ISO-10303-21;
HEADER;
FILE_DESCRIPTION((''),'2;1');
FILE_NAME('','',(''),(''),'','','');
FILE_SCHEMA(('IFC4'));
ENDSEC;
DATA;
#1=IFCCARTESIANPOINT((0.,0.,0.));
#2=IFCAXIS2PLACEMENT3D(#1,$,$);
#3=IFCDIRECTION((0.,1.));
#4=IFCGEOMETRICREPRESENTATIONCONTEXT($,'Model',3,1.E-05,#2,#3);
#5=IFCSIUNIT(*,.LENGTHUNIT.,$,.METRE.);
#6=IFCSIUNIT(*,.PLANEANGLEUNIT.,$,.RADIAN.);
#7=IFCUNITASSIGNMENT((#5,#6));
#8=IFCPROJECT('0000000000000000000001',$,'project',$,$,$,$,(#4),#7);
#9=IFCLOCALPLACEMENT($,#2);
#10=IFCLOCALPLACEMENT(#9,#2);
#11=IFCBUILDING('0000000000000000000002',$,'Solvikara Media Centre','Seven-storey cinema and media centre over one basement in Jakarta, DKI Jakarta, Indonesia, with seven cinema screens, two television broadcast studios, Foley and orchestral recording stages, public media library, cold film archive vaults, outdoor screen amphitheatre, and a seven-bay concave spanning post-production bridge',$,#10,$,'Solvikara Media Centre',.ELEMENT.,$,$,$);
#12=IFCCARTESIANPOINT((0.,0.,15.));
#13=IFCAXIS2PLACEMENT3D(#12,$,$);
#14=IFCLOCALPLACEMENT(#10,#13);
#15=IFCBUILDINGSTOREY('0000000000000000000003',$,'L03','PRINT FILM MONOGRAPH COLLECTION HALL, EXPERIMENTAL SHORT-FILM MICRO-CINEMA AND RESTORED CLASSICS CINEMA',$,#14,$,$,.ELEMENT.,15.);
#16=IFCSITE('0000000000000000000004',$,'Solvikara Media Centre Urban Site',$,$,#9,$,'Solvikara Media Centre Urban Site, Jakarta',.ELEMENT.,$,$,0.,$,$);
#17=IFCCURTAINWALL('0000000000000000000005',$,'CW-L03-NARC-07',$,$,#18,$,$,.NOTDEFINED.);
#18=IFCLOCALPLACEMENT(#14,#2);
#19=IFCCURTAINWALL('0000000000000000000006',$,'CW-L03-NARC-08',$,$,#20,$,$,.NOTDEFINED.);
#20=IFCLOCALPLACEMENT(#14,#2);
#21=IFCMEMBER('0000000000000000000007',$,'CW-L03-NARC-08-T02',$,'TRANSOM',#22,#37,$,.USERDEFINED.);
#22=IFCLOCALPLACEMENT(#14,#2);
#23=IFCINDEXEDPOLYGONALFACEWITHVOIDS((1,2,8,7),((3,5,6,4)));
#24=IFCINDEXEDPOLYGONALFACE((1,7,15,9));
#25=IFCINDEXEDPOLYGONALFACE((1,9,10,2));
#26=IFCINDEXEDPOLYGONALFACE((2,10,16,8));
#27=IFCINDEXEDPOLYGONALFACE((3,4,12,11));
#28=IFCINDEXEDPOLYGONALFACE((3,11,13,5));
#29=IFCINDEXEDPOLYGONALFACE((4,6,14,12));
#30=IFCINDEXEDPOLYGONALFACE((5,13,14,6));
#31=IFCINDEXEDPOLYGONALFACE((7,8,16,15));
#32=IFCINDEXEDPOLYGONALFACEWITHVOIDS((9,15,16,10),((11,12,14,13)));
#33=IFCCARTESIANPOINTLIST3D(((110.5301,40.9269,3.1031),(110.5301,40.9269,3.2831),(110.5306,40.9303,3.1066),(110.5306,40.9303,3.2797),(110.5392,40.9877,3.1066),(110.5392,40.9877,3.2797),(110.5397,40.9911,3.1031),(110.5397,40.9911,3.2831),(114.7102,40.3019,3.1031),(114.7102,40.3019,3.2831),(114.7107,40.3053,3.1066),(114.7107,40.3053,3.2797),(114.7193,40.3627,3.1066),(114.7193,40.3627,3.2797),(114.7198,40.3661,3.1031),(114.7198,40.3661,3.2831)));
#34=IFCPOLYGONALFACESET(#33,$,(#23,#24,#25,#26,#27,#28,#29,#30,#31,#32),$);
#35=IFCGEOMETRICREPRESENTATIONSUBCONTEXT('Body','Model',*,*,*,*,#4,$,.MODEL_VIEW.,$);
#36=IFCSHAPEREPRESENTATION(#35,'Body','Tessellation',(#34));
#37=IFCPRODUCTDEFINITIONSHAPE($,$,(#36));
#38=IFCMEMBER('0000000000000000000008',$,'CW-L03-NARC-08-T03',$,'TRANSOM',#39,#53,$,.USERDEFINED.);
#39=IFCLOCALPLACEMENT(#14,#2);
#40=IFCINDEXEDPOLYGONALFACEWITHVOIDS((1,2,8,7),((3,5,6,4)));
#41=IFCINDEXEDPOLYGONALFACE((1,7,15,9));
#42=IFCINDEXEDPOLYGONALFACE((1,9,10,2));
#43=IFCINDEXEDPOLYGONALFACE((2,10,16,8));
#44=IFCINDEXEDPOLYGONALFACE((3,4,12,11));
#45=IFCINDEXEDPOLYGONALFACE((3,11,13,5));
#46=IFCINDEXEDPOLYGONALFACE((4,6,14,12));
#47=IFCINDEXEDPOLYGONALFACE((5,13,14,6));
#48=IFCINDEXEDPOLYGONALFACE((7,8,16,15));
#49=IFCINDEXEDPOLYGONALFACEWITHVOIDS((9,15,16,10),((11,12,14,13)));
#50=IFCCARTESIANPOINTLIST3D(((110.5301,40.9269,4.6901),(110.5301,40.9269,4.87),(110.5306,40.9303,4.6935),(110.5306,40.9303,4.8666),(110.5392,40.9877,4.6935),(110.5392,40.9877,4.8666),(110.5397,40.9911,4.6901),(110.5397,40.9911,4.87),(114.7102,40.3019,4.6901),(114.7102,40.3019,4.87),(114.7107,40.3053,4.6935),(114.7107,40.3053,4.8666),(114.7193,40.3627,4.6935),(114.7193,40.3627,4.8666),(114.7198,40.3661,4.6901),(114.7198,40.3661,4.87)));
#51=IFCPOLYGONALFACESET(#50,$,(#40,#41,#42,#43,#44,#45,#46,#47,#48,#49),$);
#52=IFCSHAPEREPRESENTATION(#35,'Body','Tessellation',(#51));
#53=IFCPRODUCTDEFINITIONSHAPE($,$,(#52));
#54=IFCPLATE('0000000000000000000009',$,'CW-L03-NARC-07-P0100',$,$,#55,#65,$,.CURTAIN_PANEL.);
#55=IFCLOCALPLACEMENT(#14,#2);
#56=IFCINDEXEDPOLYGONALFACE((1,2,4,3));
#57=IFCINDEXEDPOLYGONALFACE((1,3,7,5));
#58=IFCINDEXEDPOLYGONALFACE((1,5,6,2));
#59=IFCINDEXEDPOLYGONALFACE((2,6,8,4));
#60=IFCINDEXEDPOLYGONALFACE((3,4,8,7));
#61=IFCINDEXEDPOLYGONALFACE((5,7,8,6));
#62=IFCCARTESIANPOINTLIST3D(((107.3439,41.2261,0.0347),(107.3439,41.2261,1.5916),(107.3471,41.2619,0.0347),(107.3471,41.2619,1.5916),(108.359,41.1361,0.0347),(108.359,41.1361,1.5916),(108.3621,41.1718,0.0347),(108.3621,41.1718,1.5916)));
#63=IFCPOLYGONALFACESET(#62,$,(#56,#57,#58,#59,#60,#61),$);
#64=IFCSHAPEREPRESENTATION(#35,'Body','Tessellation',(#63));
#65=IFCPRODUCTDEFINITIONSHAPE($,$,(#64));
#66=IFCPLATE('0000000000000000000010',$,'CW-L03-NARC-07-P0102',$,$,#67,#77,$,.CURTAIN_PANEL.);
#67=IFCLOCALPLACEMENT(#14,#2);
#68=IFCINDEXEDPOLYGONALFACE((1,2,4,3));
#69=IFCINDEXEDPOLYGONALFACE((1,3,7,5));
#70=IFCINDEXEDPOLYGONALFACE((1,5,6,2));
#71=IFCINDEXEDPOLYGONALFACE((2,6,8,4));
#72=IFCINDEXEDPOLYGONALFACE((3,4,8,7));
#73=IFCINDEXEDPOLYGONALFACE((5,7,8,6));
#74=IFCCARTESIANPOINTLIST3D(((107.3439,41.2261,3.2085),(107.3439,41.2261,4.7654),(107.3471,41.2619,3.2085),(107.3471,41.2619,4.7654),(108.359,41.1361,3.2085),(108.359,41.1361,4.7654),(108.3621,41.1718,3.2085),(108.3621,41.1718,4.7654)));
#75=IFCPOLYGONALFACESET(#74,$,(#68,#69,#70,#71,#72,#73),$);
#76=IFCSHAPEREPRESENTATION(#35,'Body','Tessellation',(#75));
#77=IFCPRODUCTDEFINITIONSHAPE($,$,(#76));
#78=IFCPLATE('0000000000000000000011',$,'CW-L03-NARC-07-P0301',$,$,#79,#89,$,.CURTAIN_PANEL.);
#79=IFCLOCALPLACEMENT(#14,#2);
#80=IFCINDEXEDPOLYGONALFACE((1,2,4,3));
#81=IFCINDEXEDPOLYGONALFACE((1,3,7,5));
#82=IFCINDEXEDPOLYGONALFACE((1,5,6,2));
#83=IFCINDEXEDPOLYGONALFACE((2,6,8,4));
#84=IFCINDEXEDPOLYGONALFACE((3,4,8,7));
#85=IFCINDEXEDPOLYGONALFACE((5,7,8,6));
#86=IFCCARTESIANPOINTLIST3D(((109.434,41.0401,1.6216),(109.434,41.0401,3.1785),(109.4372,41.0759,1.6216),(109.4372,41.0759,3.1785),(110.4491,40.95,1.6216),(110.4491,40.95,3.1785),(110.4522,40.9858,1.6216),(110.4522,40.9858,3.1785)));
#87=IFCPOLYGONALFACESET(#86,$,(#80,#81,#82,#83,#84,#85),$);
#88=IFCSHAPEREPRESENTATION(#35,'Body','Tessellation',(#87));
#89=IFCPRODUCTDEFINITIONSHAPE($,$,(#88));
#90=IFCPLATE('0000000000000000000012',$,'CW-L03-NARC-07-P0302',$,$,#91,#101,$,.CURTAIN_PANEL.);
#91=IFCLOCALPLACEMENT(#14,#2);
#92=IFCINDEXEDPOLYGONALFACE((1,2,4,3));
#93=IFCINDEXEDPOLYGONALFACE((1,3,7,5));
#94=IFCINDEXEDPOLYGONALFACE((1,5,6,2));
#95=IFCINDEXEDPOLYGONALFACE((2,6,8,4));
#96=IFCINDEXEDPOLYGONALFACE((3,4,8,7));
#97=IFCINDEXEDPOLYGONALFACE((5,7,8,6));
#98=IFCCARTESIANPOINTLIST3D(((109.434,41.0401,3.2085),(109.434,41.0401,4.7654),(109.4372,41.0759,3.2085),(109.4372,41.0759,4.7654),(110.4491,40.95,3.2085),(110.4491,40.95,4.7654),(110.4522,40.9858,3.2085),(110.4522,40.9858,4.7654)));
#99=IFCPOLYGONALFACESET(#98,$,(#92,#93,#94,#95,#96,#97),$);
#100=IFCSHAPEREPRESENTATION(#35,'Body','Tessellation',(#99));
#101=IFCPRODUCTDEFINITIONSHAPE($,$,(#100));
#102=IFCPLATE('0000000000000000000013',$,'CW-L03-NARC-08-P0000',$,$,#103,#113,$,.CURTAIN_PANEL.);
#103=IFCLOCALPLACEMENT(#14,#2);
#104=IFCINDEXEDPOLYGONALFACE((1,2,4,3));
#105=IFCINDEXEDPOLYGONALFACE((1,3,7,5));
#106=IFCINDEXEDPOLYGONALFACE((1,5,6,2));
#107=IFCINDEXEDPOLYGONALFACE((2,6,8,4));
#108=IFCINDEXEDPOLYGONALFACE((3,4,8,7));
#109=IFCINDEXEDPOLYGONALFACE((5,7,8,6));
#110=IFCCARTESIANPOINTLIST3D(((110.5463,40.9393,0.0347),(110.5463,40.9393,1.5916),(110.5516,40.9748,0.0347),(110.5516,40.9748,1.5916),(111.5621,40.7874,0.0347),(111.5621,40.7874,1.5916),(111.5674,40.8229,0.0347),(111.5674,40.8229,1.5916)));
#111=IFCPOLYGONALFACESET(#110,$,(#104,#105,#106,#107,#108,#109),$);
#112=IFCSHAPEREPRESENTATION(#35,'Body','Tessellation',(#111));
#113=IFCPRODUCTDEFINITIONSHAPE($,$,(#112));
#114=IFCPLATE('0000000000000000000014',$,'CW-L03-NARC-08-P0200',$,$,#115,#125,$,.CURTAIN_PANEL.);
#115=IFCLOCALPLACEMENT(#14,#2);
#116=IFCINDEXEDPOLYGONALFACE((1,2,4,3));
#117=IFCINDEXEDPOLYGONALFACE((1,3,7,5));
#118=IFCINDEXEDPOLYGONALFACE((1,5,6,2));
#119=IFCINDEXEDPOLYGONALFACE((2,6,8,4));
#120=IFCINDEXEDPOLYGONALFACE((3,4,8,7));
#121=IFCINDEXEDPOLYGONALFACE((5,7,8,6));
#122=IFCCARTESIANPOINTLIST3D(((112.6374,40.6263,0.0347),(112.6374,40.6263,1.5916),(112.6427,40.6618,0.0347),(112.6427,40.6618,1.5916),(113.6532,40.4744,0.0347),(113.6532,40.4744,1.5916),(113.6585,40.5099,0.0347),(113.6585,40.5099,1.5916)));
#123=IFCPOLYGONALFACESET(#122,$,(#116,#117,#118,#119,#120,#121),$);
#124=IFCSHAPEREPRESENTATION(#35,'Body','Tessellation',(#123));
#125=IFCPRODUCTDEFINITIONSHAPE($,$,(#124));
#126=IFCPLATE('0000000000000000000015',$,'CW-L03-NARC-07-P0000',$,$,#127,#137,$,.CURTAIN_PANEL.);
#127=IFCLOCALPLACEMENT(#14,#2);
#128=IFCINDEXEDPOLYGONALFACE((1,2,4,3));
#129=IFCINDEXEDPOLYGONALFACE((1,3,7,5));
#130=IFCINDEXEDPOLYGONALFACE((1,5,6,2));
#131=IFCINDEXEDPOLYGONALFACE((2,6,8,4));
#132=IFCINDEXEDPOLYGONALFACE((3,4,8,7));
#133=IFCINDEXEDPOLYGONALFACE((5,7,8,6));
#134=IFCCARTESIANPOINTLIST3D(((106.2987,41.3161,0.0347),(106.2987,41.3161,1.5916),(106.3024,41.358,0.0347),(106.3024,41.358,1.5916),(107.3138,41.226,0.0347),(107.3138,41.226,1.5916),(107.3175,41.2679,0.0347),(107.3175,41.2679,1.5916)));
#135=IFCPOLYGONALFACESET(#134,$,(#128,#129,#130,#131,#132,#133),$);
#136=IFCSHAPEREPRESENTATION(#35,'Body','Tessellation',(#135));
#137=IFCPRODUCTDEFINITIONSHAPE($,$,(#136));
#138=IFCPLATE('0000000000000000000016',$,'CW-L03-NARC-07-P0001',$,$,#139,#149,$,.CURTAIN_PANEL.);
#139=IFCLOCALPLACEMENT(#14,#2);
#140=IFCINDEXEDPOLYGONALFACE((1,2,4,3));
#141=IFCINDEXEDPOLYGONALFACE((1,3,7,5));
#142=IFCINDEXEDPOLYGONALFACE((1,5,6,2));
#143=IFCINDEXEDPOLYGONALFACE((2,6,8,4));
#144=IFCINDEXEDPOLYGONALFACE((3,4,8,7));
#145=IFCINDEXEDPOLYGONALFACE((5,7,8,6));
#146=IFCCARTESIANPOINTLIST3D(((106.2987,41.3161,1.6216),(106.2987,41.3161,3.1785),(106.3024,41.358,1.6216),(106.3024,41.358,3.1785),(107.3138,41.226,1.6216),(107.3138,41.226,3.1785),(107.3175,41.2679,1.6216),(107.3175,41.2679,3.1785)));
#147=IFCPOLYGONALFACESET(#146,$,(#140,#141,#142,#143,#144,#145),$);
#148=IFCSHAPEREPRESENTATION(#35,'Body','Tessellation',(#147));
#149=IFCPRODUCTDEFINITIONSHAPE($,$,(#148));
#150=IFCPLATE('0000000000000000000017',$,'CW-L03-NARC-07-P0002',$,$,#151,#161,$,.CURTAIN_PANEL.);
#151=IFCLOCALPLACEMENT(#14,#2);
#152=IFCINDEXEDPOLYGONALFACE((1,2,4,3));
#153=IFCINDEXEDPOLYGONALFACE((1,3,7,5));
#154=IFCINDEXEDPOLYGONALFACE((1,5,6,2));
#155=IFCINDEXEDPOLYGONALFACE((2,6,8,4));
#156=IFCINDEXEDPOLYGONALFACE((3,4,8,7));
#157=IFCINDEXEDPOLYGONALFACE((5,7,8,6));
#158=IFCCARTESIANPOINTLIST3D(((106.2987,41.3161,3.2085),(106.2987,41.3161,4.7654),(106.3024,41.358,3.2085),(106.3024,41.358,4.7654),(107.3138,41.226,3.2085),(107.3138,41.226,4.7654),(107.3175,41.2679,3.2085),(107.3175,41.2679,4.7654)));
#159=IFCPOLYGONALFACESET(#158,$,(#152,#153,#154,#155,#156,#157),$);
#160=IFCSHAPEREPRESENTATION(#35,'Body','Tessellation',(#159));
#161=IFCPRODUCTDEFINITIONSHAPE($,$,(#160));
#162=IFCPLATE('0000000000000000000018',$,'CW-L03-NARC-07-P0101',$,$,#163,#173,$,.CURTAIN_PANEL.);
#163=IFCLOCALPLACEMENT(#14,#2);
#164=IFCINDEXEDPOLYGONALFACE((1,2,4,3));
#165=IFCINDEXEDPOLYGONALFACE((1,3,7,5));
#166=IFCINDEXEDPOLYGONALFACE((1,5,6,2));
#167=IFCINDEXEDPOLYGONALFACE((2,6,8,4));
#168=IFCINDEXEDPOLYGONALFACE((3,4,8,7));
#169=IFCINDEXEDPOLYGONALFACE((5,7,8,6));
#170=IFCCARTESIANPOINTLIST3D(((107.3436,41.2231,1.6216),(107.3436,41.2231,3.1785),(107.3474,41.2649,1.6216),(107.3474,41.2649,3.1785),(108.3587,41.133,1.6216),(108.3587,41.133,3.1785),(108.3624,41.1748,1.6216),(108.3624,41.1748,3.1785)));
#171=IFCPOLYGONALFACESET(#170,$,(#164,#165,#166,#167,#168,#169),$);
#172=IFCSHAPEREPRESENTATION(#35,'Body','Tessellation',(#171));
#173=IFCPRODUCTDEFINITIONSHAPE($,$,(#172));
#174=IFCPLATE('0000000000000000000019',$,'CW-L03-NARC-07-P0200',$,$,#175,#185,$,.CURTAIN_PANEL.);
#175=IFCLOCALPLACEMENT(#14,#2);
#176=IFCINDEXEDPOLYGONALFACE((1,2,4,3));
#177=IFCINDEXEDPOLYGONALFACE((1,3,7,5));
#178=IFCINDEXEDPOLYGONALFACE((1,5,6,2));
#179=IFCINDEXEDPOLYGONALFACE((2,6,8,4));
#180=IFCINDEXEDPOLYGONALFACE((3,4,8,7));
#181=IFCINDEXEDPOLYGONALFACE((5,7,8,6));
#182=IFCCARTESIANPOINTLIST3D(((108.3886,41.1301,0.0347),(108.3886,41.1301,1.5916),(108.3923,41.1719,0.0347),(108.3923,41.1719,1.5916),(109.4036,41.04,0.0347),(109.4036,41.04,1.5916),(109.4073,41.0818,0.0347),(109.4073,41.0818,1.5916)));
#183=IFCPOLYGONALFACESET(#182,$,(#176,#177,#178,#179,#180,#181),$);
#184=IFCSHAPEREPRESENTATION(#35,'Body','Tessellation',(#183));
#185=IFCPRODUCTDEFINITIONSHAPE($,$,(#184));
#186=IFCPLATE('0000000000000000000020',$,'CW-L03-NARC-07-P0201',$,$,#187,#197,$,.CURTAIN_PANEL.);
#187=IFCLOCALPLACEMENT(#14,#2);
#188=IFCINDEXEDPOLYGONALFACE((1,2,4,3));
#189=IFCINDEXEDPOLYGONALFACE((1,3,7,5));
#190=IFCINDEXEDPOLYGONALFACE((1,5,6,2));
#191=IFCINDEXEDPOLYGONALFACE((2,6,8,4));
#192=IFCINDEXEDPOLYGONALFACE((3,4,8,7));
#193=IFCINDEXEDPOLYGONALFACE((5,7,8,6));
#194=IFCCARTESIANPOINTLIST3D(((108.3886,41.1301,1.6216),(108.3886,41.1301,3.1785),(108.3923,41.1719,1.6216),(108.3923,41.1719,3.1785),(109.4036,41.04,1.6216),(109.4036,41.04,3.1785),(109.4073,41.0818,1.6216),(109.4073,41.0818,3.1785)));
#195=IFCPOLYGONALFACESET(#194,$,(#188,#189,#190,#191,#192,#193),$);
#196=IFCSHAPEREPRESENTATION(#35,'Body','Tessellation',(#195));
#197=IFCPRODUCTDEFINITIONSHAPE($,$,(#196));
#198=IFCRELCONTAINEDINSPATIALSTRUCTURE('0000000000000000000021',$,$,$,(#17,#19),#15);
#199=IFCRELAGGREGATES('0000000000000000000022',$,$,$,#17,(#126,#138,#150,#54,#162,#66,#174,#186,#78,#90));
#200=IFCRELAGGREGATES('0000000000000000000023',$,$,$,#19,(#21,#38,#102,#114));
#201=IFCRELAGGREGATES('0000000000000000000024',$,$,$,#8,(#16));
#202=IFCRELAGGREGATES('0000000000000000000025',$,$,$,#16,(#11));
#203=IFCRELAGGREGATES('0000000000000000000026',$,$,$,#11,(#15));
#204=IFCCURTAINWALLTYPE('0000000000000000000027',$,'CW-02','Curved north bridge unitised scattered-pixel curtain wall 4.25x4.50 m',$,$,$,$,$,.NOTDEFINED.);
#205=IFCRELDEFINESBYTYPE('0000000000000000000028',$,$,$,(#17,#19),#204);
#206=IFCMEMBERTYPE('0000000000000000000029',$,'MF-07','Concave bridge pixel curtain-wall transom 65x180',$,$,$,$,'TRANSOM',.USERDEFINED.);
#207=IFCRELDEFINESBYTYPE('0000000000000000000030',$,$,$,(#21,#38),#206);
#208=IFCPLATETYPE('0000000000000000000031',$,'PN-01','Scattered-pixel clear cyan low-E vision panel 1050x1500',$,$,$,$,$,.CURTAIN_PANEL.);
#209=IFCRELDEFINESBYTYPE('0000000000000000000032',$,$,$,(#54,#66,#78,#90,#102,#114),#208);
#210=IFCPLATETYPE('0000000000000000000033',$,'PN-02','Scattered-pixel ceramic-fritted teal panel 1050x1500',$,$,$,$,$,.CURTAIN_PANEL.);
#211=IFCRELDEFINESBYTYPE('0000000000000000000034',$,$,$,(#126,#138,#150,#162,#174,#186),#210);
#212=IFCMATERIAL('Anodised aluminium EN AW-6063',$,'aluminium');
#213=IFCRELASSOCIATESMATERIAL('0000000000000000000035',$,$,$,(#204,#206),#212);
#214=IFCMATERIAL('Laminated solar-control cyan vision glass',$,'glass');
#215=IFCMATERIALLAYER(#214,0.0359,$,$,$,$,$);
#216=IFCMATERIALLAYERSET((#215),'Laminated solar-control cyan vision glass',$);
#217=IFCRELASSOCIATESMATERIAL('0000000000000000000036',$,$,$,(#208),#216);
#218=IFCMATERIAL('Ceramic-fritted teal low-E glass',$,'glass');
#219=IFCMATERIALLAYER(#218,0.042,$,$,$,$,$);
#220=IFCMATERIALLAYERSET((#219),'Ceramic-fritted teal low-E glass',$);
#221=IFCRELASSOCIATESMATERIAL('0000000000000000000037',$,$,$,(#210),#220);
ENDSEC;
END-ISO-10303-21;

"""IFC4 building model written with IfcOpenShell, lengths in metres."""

from ifc_helpers import new_model, si_unit, direction, frame, origin, origin_2d, place, context, subcontext, project, spatial, rectangle, hollow_rectangle, extrude, material, layer, layer_set, material_profile, profile_set, type_object, element, aggregate, save


model = new_model("IFC4")

# Units and contexts
model_context = context("Model", 3, precision=1e-05, world=origin(), true_north=direction((0.0, 1.0)))
body_context = subcontext(model_context, "Body", "Model", "MODEL_VIEW")
ifc_project = project(units=[si_unit("LENGTHUNIT", "METRE"), si_unit("PLANEANGLEUNIT", "RADIAN")], contexts=[model_context])

# Site, building, storey
site_placement = place(None, origin())
site = spatial("IfcSite", under=ifc_project, at=site_placement, Name="Solvikara Media Centre Urban Site", LongName="Solvikara Media Centre Urban Site, Jakarta", CompositionType="ELEMENT", RefElevation=0.0)
building_placement = place(site_placement, origin())
building = spatial("IfcBuilding", under=site, at=building_placement, Name="Solvikara Media Centre", Description="Seven-storey cinema and media centre over one basement in Jakarta, DKI Jakarta, Indonesia, with seven cinema screens, two television broadcast studios, Foley and orchestral recording stages, public media library, cold film archive vaults, outdoor screen amphitheatre, and a seven-bay concave spanning post-production bridge", LongName="Solvikara Media Centre", CompositionType="ELEMENT")
storey_placement = place(building_placement, frame((0.0, 0.0, 15.0)))
storey = spatial("IfcBuildingStorey", under=building, at=storey_placement, Name="L03", Description="PRINT FILM MONOGRAPH COLLECTION HALL, EXPERIMENTAL SHORT-FILM MICRO-CINEMA AND RESTORED CLASSICS CINEMA", CompositionType="ELEMENT", Elevation=15.0)

# Curtain walls, members
ifc_material_1 = material(Name="Anodised aluminium EN AW-6063", Category="aluminium")
curtain_wall_type = type_object("IfcCurtainWallType", Name="CW-02", Description="Curved north bridge unitised scattered-pixel curtain wall 4.25x4.50 m", PredefinedType="NOTDEFINED", material=ifc_material_1)
curtain_wall_1_placement = place(storey_placement, origin())
curtain_wall_1 = element("IfcCurtainWall", 1, at=curtain_wall_1_placement, inside=storey, type_object=curtain_wall_type, Name="CW-L03-NARC-07", PredefinedType="NOTDEFINED")
curtain_wall_2_placement = place(storey_placement, origin())
curtain_wall_2 = element("IfcCurtainWall", 2, at=curtain_wall_2_placement, inside=storey, type_object=curtain_wall_type, Name="CW-L03-NARC-08", PredefinedType="NOTDEFINED")
ifc_material_profile_1 = material_profile(ifc_material_1, hollow_rectangle(XDim=0.0649, YDim=0.1799, WallThickness=0.0034, at=origin_2d()), Name="ALU-T 65x180x3.5")
ifc_profile_set_1 = profile_set([ifc_material_profile_1], Name="Anodised aluminium EN AW-6063")
member_type_1 = type_object("IfcMemberType", Name="MF-07", Description="Concave bridge pixel curtain-wall transom 65x180", ElementType="TRANSOM", PredefinedType="USERDEFINED", material=ifc_profile_set_1)
member_1_placement = place(storey_placement, frame((110.5349, 40.959, 3.1931), z_axis=(0.989007, -0.147872, 0.0), x_axis=(0.147872, 0.989007, 0.0)))
member_1 = element("IfcMember", 3, at=member_1_placement, type_object=member_type_1, Name="CW-L03-NARC-08-T02", ObjectType="TRANSOM", PredefinedType="USERDEFINED", context=body_context, shape_type="SweptSolid", body=[
    extrude(hollow_rectangle(XDim=0.0649, YDim=0.1799, WallThickness=0.0034, at=origin_2d()), origin(), (0.0, 0.0, 1.0), 4.2266),
])
member_2_placement = place(storey_placement, frame((110.5349, 40.959, 4.78), z_axis=(0.989007, -0.147872, 0.0), x_axis=(0.147872, 0.989007, 0.0)))
member_2 = element("IfcMember", 4, at=member_2_placement, type_object=member_type_1, Name="CW-L03-NARC-08-T03", ObjectType="TRANSOM", PredefinedType="USERDEFINED", context=body_context, shape_type="SweptSolid", body=[
    extrude(hollow_rectangle(XDim=0.0649, YDim=0.1799, WallThickness=0.0034, at=origin_2d()), origin(), (0.0, 0.0, 1.0), 4.2266),
])

# Plates
ifc_material_2 = material(Name="Laminated solar-control cyan vision glass", Category="glass")
ifc_layer_1 = layer(ifc_material_2, 0.0359)
ifc_layer_set_1 = layer_set([ifc_layer_1], Name="Laminated solar-control cyan vision glass")
plate_type_1 = type_object("IfcPlateType", Name="PN-01", Description="Scattered-pixel clear cyan low-E vision panel 1050x1500", PredefinedType="CURTAIN_PANEL", material=ifc_layer_set_1)
plate_1_placement = place(storey_placement, frame((107.853, 41.199, 0.0347), z_axis=(0.0, 0.0, 1.0), x_axis=(0.996084, -0.088408, 0.0)))
plate_1 = element("IfcPlate", 5, at=plate_1_placement, type_object=plate_type_1, Name="CW-L03-NARC-07-P0100", PredefinedType="CURTAIN_PANEL", context=body_context, shape_type="SweptSolid", body=[
    extrude(rectangle(XDim=1.019, YDim=0.0359, at=origin_2d()), origin(), (0.0, 0.0, 1.0), 1.5569),
])
plate_2_placement = place(storey_placement, frame((107.853, 41.199, 3.2085), z_axis=(0.0, 0.0, 1.0), x_axis=(0.996084, -0.088408, 0.0)))
plate_2 = element("IfcPlate", 6, at=plate_2_placement, type_object=plate_type_1, Name="CW-L03-NARC-07-P0102", PredefinedType="CURTAIN_PANEL", context=body_context, shape_type="SweptSolid", body=[
    extrude(rectangle(XDim=1.019, YDim=0.0359, at=origin_2d()), origin(), (0.0, 0.0, 1.0), 1.5569),
])
plate_3_placement = place(storey_placement, frame((109.9431, 41.0129, 1.6216), z_axis=(0.0, 0.0, 1.0), x_axis=(0.996084, -0.088408, 0.0)))
plate_3 = element("IfcPlate", 7, at=plate_3_placement, type_object=plate_type_1, Name="CW-L03-NARC-07-P0301", PredefinedType="CURTAIN_PANEL", context=body_context, shape_type="SweptSolid", body=[
    extrude(rectangle(XDim=1.019, YDim=0.0359, at=origin_2d()), origin(), (0.0, 0.0, 1.0), 1.5569),
])
plate_4_placement = place(storey_placement, frame((109.9431, 41.0129, 3.2085), z_axis=(0.0, 0.0, 1.0), x_axis=(0.996084, -0.088408, 0.0)))
plate_4 = element("IfcPlate", 8, at=plate_4_placement, type_object=plate_type_1, Name="CW-L03-NARC-07-P0302", PredefinedType="CURTAIN_PANEL", context=body_context, shape_type="SweptSolid", body=[
    extrude(rectangle(XDim=1.019, YDim=0.0359, at=origin_2d()), origin(), (0.0, 0.0, 1.0), 1.5569),
])
plate_5_placement = place(storey_placement, frame((111.0569, 40.8811, 0.0347), z_axis=(0.0, 0.0, 1.0), x_axis=(0.989006, -0.147878, 0.0)))
plate_5 = element("IfcPlate", 9, at=plate_5_placement, type_object=plate_type_1, Name="CW-L03-NARC-08-P0000", PredefinedType="CURTAIN_PANEL", context=body_context, shape_type="SweptSolid", body=[
    extrude(rectangle(XDim=1.0271, YDim=0.0359, at=origin_2d()), origin(), (0.0, 0.0, 1.0), 1.5569),
])
plate_6_placement = place(storey_placement, frame((113.1479, 40.5681, 0.0347), z_axis=(0.0, 0.0, 1.0), x_axis=(0.989006, -0.147878, 0.0)))
plate_6 = element("IfcPlate", 10, at=plate_6_placement, type_object=plate_type_1, Name="CW-L03-NARC-08-P0200", PredefinedType="CURTAIN_PANEL", context=body_context, shape_type="SweptSolid", body=[
    extrude(rectangle(XDim=1.0271, YDim=0.0359, at=origin_2d()), origin(), (0.0, 0.0, 1.0), 1.5569),
])
ifc_material_3 = material(Name="Ceramic-fritted teal low-E glass", Category="glass")
ifc_layer_2 = layer(ifc_material_3, 0.042)
ifc_layer_set_2 = layer_set([ifc_layer_2], Name="Ceramic-fritted teal low-E glass")
plate_type_2 = type_object("IfcPlateType", Name="PN-02", Description="Scattered-pixel ceramic-fritted teal panel 1050x1500", PredefinedType="CURTAIN_PANEL", material=ifc_layer_set_2)
plate_7_placement = place(storey_placement, frame((106.8081, 41.292, 0.0347), z_axis=(0.0, 0.0, 1.0), x_axis=(0.996084, -0.088408, 0.0)))
plate_7 = element("IfcPlate", 11, at=plate_7_placement, type_object=plate_type_2, Name="CW-L03-NARC-07-P0000", PredefinedType="CURTAIN_PANEL", context=body_context, shape_type="SweptSolid", body=[
    extrude(rectangle(XDim=1.019, YDim=0.042, at=origin_2d()), origin(), (0.0, 0.0, 1.0), 1.5569),
])
plate_8_placement = place(storey_placement, frame((106.8081, 41.292, 1.6216), z_axis=(0.0, 0.0, 1.0), x_axis=(0.996084, -0.088408, 0.0)))
plate_8 = element("IfcPlate", 12, at=plate_8_placement, type_object=plate_type_2, Name="CW-L03-NARC-07-P0001", PredefinedType="CURTAIN_PANEL", context=body_context, shape_type="SweptSolid", body=[
    extrude(rectangle(XDim=1.019, YDim=0.042, at=origin_2d()), origin(), (0.0, 0.0, 1.0), 1.5569),
])
plate_9_placement = place(storey_placement, frame((106.8081, 41.292, 3.2085), z_axis=(0.0, 0.0, 1.0), x_axis=(0.996084, -0.088408, 0.0)))
plate_9 = element("IfcPlate", 13, at=plate_9_placement, type_object=plate_type_2, Name="CW-L03-NARC-07-P0002", PredefinedType="CURTAIN_PANEL", context=body_context, shape_type="SweptSolid", body=[
    extrude(rectangle(XDim=1.019, YDim=0.042, at=origin_2d()), origin(), (0.0, 0.0, 1.0), 1.5569),
])
plate_10_placement = place(storey_placement, frame((107.853, 41.199, 1.6216), z_axis=(0.0, 0.0, 1.0), x_axis=(0.996084, -0.088408, 0.0)))
plate_10 = element("IfcPlate", 14, at=plate_10_placement, type_object=plate_type_2, Name="CW-L03-NARC-07-P0101", PredefinedType="CURTAIN_PANEL", context=body_context, shape_type="SweptSolid", body=[
    extrude(rectangle(XDim=1.019, YDim=0.042, at=origin_2d()), origin(), (0.0, 0.0, 1.0), 1.5569),
])
plate_11_placement = place(storey_placement, frame((108.8979, 41.106, 0.0347), z_axis=(0.0, 0.0, 1.0), x_axis=(0.996084, -0.088408, 0.0)))
plate_11 = element("IfcPlate", 15, at=plate_11_placement, type_object=plate_type_2, Name="CW-L03-NARC-07-P0200", PredefinedType="CURTAIN_PANEL", context=body_context, shape_type="SweptSolid", body=[
    extrude(rectangle(XDim=1.019, YDim=0.042, at=origin_2d()), origin(), (0.0, 0.0, 1.0), 1.5569),
])
plate_12_placement = place(storey_placement, frame((108.8979, 41.106, 1.6216), z_axis=(0.0, 0.0, 1.0), x_axis=(0.996084, -0.088408, 0.0)))
plate_12 = element("IfcPlate", 16, at=plate_12_placement, type_object=plate_type_2, Name="CW-L03-NARC-07-P0201", PredefinedType="CURTAIN_PANEL", context=body_context, shape_type="SweptSolid", body=[
    extrude(rectangle(XDim=1.019, YDim=0.042, at=origin_2d()), origin(), (0.0, 0.0, 1.0), 1.5569),
])
aggregate(curtain_wall_1, [plate_7, plate_8, plate_9, plate_1, plate_10, plate_2, plate_11, plate_12, plate_3, plate_4])
aggregate(curtain_wall_2, [member_1, member_2, plate_5, plate_6])

save(model, "model.ifc")
